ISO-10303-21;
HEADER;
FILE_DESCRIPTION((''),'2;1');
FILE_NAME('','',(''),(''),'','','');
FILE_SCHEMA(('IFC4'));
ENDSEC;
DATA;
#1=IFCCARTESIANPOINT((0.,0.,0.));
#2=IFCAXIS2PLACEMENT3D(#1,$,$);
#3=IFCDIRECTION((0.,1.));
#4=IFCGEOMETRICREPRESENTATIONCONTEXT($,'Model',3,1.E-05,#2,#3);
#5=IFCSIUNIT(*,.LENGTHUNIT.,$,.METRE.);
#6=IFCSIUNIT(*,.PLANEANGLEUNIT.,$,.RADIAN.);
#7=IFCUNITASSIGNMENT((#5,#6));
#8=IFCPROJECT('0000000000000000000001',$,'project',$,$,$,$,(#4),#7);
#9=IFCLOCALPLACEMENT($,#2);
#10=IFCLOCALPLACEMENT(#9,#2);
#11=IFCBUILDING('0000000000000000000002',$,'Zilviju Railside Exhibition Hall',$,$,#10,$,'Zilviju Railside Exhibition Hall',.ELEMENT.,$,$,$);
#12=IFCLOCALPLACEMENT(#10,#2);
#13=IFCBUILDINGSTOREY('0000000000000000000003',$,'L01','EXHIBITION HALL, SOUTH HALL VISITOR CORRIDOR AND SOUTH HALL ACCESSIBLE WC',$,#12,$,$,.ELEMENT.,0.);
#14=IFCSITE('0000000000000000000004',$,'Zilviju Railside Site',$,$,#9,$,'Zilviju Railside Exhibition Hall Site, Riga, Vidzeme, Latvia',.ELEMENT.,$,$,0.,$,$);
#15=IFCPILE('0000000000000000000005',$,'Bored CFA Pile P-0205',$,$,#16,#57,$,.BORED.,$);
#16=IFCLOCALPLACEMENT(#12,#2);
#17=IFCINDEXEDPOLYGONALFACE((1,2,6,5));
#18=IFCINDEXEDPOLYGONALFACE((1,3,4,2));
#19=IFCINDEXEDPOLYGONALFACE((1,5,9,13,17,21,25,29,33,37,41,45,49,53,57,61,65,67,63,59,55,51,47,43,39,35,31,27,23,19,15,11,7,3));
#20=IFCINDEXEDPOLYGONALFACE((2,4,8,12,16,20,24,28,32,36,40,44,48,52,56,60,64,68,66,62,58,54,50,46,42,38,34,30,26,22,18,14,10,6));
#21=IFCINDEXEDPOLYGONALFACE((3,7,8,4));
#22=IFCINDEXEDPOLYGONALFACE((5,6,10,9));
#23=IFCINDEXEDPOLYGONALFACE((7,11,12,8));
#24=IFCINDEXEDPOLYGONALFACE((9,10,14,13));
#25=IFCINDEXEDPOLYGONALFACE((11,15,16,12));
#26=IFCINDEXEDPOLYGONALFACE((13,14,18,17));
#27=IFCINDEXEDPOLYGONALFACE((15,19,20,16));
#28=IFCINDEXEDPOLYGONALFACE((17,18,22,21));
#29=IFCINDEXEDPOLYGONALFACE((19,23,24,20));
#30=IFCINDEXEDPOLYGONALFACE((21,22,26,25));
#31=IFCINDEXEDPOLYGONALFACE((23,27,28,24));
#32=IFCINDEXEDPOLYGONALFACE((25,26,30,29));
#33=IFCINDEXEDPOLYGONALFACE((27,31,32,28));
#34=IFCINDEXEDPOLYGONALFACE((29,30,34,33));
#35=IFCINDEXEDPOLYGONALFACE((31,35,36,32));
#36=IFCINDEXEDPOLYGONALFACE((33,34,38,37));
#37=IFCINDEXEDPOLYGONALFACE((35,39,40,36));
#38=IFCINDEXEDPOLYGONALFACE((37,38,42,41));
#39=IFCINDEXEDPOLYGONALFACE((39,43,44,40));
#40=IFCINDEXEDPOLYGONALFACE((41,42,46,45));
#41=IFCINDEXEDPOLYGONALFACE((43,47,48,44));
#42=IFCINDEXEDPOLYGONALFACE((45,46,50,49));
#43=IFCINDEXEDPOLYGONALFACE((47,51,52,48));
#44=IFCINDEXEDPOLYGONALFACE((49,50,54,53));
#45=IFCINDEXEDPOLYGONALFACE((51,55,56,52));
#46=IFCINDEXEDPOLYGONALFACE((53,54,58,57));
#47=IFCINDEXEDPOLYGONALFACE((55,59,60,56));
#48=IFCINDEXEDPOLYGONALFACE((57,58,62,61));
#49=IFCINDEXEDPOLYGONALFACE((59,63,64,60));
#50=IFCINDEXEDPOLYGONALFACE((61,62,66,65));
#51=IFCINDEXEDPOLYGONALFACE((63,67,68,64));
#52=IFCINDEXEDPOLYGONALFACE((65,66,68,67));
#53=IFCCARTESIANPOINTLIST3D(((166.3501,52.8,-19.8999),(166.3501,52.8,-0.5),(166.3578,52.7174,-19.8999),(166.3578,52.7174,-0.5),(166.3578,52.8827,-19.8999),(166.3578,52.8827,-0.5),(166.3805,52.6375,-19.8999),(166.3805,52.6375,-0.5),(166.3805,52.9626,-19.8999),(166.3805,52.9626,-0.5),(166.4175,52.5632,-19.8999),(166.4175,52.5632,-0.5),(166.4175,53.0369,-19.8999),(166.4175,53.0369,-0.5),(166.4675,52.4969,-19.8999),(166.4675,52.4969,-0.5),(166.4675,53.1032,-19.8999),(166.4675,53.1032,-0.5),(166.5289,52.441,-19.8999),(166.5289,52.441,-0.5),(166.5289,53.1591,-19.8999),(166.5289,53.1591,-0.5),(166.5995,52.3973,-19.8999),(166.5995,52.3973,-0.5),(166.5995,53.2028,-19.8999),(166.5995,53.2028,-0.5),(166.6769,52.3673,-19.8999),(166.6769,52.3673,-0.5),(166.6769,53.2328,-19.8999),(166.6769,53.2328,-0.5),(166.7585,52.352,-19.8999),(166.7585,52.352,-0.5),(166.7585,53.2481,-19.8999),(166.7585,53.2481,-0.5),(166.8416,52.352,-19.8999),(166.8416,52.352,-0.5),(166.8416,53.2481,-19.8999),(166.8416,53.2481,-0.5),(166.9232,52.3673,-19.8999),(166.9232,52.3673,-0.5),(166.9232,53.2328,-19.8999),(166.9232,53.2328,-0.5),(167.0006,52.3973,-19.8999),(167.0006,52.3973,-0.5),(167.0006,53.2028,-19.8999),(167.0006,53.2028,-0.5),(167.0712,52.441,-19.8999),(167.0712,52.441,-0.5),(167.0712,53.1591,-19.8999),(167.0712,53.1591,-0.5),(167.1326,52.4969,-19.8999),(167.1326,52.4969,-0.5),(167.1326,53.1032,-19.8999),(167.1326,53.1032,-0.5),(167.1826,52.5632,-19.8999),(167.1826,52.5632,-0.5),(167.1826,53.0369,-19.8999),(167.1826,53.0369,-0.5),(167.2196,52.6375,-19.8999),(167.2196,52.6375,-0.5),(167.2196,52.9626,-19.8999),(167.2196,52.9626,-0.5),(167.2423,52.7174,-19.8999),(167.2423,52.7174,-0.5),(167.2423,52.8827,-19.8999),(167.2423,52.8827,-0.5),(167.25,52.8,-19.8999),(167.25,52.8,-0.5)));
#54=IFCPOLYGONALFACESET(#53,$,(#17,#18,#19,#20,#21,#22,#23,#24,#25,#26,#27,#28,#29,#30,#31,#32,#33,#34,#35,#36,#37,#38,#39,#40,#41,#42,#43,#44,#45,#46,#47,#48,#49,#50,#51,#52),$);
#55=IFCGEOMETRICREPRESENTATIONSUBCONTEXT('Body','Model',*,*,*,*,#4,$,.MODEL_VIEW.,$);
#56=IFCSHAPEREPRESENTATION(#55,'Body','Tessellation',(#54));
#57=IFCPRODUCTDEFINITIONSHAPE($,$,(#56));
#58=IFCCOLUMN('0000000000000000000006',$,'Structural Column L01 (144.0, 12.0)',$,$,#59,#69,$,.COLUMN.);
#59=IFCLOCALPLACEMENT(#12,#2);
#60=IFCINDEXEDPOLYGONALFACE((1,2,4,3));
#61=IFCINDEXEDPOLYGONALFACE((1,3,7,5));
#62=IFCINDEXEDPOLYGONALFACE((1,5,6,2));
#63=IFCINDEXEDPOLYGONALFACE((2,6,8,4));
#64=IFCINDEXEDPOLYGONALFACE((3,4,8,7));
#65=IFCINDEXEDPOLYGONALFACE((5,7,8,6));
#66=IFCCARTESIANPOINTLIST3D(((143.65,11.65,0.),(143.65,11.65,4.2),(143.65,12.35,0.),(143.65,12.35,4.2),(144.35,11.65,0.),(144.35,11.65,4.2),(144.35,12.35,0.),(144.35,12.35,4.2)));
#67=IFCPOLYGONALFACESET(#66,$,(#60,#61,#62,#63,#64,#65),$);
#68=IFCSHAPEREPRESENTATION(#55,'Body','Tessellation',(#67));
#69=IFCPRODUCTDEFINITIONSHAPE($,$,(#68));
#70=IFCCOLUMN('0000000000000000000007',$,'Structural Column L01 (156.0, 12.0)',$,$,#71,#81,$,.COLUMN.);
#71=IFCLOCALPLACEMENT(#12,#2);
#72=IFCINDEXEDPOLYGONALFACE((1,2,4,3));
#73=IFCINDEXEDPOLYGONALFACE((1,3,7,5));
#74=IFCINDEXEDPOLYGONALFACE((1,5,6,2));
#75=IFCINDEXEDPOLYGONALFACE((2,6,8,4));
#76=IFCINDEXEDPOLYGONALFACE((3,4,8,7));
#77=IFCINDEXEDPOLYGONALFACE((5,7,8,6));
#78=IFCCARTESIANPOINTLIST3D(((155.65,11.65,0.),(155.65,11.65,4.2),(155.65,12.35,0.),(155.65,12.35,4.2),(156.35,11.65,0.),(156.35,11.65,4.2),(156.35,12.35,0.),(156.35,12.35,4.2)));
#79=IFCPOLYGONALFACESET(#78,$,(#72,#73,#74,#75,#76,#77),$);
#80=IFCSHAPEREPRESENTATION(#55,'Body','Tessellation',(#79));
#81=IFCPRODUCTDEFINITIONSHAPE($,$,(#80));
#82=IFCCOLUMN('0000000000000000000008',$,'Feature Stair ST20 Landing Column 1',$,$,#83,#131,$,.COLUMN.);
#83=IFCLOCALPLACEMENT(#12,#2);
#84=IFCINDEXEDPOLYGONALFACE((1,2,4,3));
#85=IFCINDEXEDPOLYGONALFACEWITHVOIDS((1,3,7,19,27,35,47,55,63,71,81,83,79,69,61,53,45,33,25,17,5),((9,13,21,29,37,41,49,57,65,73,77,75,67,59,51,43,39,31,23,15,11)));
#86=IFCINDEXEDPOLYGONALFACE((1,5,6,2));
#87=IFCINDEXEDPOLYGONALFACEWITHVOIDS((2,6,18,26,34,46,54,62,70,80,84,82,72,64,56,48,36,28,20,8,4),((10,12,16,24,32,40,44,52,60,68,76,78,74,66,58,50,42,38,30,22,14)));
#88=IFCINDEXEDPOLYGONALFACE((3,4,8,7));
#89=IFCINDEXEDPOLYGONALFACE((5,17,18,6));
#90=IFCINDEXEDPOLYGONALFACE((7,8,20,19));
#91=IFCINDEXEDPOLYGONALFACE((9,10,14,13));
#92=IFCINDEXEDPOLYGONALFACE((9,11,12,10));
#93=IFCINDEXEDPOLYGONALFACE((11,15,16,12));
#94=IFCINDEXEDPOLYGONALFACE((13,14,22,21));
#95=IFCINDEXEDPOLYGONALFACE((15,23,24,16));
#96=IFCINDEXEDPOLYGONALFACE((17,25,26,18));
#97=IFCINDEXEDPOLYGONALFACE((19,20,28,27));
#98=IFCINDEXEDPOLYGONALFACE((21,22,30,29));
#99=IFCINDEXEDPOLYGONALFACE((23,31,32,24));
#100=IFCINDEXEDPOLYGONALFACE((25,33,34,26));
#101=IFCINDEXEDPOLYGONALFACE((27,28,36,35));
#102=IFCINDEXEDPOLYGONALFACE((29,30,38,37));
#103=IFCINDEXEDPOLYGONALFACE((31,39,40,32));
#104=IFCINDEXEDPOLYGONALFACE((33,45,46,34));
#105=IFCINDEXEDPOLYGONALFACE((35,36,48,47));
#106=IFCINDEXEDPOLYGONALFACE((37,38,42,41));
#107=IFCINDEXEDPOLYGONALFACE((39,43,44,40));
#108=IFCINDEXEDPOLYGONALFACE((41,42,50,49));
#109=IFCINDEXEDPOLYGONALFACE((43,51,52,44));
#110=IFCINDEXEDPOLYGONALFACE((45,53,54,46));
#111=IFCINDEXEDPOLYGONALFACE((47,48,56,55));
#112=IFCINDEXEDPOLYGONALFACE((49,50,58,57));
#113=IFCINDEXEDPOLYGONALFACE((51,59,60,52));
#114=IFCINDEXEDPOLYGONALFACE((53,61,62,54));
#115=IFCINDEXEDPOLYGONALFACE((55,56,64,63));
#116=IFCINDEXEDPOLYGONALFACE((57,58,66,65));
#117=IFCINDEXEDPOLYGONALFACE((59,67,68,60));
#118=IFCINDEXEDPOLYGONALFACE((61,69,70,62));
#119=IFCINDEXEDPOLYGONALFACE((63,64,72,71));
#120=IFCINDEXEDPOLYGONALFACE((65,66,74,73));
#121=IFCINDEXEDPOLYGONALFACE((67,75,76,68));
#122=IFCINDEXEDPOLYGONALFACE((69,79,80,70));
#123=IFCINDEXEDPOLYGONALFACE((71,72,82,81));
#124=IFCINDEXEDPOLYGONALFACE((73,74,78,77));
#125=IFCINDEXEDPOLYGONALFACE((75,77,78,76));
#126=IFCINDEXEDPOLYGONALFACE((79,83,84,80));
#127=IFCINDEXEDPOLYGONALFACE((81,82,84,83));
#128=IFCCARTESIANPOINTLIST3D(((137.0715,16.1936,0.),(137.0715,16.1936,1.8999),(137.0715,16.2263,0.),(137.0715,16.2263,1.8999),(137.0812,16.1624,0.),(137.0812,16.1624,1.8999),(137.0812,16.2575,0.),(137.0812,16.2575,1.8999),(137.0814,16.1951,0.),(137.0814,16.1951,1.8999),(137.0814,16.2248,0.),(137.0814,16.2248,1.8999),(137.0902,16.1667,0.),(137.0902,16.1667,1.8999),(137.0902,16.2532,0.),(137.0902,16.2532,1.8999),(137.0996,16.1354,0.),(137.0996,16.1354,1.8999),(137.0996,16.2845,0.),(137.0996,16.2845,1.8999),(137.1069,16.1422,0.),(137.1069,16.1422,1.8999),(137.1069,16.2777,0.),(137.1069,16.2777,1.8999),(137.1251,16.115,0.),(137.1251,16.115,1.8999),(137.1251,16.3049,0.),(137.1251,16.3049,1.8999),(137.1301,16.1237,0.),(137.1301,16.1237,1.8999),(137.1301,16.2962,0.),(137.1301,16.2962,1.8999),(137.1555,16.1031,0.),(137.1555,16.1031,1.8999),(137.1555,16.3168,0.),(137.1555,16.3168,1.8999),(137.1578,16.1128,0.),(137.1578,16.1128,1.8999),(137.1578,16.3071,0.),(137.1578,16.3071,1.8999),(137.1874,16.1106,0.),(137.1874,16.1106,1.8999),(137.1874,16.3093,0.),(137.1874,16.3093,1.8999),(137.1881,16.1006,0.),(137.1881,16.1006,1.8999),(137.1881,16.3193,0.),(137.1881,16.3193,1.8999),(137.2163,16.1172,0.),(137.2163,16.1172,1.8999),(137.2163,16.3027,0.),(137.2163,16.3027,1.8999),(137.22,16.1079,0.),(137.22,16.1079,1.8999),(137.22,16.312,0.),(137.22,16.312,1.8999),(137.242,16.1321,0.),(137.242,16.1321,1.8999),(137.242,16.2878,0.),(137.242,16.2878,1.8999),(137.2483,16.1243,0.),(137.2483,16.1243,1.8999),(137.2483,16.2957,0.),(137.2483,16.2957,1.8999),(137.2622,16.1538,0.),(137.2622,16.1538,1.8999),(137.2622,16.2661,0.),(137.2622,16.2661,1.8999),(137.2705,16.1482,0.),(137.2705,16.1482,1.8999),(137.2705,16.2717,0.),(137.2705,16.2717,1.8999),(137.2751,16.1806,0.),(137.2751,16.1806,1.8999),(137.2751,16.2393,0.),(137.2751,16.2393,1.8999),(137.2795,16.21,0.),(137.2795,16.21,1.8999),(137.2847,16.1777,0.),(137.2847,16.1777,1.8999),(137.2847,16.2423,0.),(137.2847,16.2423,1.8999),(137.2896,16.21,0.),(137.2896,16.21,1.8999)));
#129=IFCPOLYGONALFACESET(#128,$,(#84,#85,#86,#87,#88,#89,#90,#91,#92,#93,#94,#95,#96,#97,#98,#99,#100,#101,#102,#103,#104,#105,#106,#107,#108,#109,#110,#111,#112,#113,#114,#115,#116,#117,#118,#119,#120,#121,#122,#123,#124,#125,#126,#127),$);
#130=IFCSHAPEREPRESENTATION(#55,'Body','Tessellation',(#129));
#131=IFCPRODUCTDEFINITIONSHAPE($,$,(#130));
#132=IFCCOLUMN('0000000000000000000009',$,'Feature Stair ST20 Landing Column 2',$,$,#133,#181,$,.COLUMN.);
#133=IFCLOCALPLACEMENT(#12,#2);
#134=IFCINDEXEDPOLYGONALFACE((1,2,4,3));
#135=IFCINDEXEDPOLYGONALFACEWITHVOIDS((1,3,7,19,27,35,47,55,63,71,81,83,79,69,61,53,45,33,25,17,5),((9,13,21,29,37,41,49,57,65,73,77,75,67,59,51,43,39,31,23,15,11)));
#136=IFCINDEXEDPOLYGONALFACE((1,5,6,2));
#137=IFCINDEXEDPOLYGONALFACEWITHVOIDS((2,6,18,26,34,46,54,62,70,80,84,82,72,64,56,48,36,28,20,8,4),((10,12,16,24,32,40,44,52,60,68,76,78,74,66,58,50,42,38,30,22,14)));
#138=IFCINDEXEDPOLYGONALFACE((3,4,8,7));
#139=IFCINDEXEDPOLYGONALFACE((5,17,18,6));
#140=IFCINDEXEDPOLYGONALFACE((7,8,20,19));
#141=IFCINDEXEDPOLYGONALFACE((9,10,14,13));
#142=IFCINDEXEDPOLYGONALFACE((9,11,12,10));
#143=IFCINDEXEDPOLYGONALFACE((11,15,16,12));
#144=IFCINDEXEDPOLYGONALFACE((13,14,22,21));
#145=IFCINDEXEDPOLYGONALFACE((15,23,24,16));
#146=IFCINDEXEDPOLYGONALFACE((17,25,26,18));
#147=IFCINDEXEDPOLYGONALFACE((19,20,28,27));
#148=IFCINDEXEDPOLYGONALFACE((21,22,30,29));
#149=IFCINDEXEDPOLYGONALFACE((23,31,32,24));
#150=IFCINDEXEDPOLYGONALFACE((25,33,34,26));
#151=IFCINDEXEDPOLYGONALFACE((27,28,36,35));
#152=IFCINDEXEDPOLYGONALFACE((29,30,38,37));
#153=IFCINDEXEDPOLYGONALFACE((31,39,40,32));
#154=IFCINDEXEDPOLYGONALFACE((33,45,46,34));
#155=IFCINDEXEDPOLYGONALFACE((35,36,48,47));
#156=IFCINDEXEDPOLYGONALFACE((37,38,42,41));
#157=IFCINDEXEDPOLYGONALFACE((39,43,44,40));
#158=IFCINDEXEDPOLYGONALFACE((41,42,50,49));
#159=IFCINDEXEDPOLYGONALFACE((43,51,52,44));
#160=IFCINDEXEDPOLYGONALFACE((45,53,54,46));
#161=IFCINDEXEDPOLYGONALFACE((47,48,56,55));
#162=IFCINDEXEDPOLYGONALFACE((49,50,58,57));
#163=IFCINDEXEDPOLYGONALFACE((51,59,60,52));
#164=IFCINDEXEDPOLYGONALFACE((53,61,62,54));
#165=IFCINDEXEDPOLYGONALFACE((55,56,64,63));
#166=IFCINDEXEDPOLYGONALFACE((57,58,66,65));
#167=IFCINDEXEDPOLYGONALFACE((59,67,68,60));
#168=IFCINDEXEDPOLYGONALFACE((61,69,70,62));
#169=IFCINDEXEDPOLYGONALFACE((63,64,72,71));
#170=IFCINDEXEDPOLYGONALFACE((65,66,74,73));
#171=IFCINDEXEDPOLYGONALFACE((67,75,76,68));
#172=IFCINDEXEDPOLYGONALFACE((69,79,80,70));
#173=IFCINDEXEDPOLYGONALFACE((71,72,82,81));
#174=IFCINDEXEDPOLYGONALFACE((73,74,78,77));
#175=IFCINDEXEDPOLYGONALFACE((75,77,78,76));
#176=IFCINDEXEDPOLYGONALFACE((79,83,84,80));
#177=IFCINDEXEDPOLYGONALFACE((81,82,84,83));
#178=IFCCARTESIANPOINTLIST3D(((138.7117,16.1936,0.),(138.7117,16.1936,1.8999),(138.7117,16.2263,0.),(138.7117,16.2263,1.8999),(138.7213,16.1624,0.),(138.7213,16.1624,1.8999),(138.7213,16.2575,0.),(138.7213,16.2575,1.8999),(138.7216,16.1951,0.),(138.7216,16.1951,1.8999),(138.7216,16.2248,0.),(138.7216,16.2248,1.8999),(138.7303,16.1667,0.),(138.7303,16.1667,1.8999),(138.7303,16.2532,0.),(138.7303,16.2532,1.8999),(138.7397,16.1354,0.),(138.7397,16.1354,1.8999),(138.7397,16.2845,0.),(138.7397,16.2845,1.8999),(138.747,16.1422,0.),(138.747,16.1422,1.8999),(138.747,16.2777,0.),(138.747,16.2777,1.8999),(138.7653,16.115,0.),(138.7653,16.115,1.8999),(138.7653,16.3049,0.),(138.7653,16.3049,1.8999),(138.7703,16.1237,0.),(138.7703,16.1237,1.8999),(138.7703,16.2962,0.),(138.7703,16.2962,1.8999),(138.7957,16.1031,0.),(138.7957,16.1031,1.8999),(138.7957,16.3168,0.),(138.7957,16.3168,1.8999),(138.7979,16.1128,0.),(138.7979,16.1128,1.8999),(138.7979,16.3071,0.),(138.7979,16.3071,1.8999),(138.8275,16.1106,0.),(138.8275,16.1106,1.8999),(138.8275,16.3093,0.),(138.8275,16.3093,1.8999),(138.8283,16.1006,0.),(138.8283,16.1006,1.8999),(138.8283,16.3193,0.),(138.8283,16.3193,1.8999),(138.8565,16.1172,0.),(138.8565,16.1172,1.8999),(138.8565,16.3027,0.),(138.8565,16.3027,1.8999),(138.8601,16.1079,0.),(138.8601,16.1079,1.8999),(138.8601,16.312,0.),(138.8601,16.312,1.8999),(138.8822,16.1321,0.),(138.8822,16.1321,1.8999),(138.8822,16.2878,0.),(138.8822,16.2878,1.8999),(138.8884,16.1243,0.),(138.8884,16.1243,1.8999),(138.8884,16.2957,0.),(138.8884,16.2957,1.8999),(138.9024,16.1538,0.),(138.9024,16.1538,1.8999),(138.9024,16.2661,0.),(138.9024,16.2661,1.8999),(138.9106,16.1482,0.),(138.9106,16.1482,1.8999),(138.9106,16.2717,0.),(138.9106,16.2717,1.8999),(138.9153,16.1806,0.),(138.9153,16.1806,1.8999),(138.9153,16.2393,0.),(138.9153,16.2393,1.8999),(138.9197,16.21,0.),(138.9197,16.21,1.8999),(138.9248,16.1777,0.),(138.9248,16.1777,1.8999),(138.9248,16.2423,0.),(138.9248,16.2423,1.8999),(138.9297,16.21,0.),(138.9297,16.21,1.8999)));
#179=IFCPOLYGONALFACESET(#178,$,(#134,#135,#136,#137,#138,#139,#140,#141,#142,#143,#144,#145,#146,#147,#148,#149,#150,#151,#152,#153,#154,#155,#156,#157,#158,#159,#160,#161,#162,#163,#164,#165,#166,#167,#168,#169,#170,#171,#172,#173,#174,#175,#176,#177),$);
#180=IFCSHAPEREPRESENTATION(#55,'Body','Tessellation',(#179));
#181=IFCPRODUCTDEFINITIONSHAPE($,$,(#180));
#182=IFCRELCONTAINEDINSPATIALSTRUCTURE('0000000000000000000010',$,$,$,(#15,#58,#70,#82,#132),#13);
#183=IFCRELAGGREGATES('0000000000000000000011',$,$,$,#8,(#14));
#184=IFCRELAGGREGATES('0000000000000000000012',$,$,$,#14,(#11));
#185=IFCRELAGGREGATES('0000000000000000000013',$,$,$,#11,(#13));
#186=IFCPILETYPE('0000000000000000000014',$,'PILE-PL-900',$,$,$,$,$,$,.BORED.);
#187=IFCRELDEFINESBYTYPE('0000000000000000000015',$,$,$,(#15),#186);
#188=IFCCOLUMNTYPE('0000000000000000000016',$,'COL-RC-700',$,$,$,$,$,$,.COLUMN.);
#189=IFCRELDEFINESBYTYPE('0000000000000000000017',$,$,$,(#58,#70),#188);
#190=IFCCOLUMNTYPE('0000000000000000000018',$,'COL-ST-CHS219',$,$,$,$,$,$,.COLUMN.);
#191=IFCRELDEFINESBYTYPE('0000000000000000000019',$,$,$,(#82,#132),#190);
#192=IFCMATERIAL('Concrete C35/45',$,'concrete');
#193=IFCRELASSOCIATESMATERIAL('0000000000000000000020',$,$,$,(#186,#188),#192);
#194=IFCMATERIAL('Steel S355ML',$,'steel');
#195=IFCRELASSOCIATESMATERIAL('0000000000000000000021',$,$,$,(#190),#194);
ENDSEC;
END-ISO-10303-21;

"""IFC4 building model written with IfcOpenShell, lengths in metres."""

from ifc_helpers import new_model, si_unit, direction, frame, origin, origin_2d, place, context, subcontext, project, spatial, rectangle, circle, hollow_circle, extrude, material, material_profile, profile_set, type_object, element, save


model = new_model("IFC4")

# Units and contexts
model_context = context("Model", 3, precision=1e-05, world=origin(), true_north=direction((0.0, 1.0)))
body_context = subcontext(model_context, "Body", "Model", "MODEL_VIEW")
ifc_project = project(units=[si_unit("LENGTHUNIT", "METRE"), si_unit("PLANEANGLEUNIT", "RADIAN")], contexts=[model_context])

# Site, building, storey
site_placement = place(None, origin())
site = spatial("IfcSite", under=ifc_project, at=site_placement, Name="Zilviju Railside Site", LongName="Zilviju Railside Exhibition Hall Site, Riga, Vidzeme, Latvia", CompositionType="ELEMENT", RefElevation=0.0)
building_placement = place(site_placement, origin())
building = spatial("IfcBuilding", under=site, at=building_placement, Name="Zilviju Railside Exhibition Hall", LongName="Zilviju Railside Exhibition Hall", CompositionType="ELEMENT")
storey_placement = place(building_placement, origin())
storey = spatial("IfcBuildingStorey", under=building, at=storey_placement, Name="L01", Description="EXHIBITION HALL, SOUTH HALL VISITOR CORRIDOR AND SOUTH HALL ACCESSIBLE WC", CompositionType="ELEMENT", Elevation=0.0)

# Shared definitions
ifc_material_1 = material(Name="Concrete C35/45", Category="concrete")

# Pile
ifc_material_profile_1 = material_profile(ifc_material_1, circle(Radius=0.45, at=origin_2d()), Name="CFA PILE D900")
ifc_profile_set_1 = profile_set([ifc_material_profile_1], Name="Concrete C35/45")
pile_type_1 = type_object("IfcPileType", Name="PILE-PL-900", PredefinedType="BORED", material=ifc_profile_set_1)
for number, where, z_axis, x_axis, name in (
    (1, (166.8, 52.8, -0.5), (0.0, 0.0, -1.0), (1.0, 0.0, 0.0), "Bored CFA Pile P-0205"),
):
    element("IfcPile", number, at=place(storey_placement, frame(where, z_axis=z_axis, x_axis=x_axis)), inside=storey, type_object=pile_type_1, Name=name, PredefinedType="BORED", context=body_context, shape_type="SweptSolid", body=[
        extrude(circle(Radius=0.45, at=origin_2d()), origin(), (0.0, 0.0, 1.0), 19.3999),
    ])

# Columns
ifc_material_profile_2 = material_profile(ifc_material_1, rectangle(XDim=0.7, YDim=0.7, at=origin_2d()), Name="RC COL 700x700")
ifc_profile_set_2 = profile_set([ifc_material_profile_2], Name="Concrete C35/45")
column_type_1 = type_object("IfcColumnType", Name="COL-RC-700", PredefinedType="COLUMN", material=ifc_profile_set_2)
for number, where, z_axis, x_axis, name in (
    (2, (144.0, 12.0, 0.0), (0.0, 0.0, 1.0), (1.0, 0.0, 0.0), "Structural Column L01 (144.0, 12.0)"),
    (3, (156.0, 12.0, 0.0), (0.0, 0.0, 1.0), (1.0, 0.0, 0.0), "Structural Column L01 (156.0, 12.0)"),
):
    element("IfcColumn", number, at=place(storey_placement, frame(where, z_axis=z_axis, x_axis=x_axis)), inside=storey, type_object=column_type_1, Name=name, PredefinedType="COLUMN", context=body_context, shape_type="SweptSolid", body=[
        extrude(rectangle(XDim=0.7, YDim=0.7, at=origin_2d()), origin(), (0.0, 0.0, 1.0), 4.2),
    ])
ifc_material_2 = material(Name="Steel S355ML", Category="steel")
ifc_material_profile_3 = material_profile(ifc_material_2, hollow_circle(Radius=0.1096, WallThickness=0.01, at=origin_2d()), Name="CHS 219.1x10.0")
ifc_profile_set_3 = profile_set([ifc_material_profile_3], Name="Steel S355ML")
column_type_2 = type_object("IfcColumnType", Name="COL-ST-CHS219", PredefinedType="COLUMN", material=ifc_profile_set_3)
for number, where, z_axis, x_axis, name in (
    (4, (137.1799, 16.21, 0.0), (0.0, 0.0, 1.0), (1.0, 0.0, 0.0), "Feature Stair ST20 Landing Column 1"),
    (5, (138.8201, 16.21, 0.0), (0.0, 0.0, 1.0), (1.0, 0.0, 0.0), "Feature Stair ST20 Landing Column 2"),
):
    element("IfcColumn", number, at=place(storey_placement, frame(where, z_axis=z_axis, x_axis=x_axis)), inside=storey, type_object=column_type_2, Name=name, PredefinedType="COLUMN", context=body_context, shape_type="SweptSolid", body=[
        extrude(hollow_circle(Radius=0.1096, WallThickness=0.01, at=origin_2d()), origin(), (0.0, 0.0, 1.0), 1.8999),
    ])

save(model, "model.ifc")
